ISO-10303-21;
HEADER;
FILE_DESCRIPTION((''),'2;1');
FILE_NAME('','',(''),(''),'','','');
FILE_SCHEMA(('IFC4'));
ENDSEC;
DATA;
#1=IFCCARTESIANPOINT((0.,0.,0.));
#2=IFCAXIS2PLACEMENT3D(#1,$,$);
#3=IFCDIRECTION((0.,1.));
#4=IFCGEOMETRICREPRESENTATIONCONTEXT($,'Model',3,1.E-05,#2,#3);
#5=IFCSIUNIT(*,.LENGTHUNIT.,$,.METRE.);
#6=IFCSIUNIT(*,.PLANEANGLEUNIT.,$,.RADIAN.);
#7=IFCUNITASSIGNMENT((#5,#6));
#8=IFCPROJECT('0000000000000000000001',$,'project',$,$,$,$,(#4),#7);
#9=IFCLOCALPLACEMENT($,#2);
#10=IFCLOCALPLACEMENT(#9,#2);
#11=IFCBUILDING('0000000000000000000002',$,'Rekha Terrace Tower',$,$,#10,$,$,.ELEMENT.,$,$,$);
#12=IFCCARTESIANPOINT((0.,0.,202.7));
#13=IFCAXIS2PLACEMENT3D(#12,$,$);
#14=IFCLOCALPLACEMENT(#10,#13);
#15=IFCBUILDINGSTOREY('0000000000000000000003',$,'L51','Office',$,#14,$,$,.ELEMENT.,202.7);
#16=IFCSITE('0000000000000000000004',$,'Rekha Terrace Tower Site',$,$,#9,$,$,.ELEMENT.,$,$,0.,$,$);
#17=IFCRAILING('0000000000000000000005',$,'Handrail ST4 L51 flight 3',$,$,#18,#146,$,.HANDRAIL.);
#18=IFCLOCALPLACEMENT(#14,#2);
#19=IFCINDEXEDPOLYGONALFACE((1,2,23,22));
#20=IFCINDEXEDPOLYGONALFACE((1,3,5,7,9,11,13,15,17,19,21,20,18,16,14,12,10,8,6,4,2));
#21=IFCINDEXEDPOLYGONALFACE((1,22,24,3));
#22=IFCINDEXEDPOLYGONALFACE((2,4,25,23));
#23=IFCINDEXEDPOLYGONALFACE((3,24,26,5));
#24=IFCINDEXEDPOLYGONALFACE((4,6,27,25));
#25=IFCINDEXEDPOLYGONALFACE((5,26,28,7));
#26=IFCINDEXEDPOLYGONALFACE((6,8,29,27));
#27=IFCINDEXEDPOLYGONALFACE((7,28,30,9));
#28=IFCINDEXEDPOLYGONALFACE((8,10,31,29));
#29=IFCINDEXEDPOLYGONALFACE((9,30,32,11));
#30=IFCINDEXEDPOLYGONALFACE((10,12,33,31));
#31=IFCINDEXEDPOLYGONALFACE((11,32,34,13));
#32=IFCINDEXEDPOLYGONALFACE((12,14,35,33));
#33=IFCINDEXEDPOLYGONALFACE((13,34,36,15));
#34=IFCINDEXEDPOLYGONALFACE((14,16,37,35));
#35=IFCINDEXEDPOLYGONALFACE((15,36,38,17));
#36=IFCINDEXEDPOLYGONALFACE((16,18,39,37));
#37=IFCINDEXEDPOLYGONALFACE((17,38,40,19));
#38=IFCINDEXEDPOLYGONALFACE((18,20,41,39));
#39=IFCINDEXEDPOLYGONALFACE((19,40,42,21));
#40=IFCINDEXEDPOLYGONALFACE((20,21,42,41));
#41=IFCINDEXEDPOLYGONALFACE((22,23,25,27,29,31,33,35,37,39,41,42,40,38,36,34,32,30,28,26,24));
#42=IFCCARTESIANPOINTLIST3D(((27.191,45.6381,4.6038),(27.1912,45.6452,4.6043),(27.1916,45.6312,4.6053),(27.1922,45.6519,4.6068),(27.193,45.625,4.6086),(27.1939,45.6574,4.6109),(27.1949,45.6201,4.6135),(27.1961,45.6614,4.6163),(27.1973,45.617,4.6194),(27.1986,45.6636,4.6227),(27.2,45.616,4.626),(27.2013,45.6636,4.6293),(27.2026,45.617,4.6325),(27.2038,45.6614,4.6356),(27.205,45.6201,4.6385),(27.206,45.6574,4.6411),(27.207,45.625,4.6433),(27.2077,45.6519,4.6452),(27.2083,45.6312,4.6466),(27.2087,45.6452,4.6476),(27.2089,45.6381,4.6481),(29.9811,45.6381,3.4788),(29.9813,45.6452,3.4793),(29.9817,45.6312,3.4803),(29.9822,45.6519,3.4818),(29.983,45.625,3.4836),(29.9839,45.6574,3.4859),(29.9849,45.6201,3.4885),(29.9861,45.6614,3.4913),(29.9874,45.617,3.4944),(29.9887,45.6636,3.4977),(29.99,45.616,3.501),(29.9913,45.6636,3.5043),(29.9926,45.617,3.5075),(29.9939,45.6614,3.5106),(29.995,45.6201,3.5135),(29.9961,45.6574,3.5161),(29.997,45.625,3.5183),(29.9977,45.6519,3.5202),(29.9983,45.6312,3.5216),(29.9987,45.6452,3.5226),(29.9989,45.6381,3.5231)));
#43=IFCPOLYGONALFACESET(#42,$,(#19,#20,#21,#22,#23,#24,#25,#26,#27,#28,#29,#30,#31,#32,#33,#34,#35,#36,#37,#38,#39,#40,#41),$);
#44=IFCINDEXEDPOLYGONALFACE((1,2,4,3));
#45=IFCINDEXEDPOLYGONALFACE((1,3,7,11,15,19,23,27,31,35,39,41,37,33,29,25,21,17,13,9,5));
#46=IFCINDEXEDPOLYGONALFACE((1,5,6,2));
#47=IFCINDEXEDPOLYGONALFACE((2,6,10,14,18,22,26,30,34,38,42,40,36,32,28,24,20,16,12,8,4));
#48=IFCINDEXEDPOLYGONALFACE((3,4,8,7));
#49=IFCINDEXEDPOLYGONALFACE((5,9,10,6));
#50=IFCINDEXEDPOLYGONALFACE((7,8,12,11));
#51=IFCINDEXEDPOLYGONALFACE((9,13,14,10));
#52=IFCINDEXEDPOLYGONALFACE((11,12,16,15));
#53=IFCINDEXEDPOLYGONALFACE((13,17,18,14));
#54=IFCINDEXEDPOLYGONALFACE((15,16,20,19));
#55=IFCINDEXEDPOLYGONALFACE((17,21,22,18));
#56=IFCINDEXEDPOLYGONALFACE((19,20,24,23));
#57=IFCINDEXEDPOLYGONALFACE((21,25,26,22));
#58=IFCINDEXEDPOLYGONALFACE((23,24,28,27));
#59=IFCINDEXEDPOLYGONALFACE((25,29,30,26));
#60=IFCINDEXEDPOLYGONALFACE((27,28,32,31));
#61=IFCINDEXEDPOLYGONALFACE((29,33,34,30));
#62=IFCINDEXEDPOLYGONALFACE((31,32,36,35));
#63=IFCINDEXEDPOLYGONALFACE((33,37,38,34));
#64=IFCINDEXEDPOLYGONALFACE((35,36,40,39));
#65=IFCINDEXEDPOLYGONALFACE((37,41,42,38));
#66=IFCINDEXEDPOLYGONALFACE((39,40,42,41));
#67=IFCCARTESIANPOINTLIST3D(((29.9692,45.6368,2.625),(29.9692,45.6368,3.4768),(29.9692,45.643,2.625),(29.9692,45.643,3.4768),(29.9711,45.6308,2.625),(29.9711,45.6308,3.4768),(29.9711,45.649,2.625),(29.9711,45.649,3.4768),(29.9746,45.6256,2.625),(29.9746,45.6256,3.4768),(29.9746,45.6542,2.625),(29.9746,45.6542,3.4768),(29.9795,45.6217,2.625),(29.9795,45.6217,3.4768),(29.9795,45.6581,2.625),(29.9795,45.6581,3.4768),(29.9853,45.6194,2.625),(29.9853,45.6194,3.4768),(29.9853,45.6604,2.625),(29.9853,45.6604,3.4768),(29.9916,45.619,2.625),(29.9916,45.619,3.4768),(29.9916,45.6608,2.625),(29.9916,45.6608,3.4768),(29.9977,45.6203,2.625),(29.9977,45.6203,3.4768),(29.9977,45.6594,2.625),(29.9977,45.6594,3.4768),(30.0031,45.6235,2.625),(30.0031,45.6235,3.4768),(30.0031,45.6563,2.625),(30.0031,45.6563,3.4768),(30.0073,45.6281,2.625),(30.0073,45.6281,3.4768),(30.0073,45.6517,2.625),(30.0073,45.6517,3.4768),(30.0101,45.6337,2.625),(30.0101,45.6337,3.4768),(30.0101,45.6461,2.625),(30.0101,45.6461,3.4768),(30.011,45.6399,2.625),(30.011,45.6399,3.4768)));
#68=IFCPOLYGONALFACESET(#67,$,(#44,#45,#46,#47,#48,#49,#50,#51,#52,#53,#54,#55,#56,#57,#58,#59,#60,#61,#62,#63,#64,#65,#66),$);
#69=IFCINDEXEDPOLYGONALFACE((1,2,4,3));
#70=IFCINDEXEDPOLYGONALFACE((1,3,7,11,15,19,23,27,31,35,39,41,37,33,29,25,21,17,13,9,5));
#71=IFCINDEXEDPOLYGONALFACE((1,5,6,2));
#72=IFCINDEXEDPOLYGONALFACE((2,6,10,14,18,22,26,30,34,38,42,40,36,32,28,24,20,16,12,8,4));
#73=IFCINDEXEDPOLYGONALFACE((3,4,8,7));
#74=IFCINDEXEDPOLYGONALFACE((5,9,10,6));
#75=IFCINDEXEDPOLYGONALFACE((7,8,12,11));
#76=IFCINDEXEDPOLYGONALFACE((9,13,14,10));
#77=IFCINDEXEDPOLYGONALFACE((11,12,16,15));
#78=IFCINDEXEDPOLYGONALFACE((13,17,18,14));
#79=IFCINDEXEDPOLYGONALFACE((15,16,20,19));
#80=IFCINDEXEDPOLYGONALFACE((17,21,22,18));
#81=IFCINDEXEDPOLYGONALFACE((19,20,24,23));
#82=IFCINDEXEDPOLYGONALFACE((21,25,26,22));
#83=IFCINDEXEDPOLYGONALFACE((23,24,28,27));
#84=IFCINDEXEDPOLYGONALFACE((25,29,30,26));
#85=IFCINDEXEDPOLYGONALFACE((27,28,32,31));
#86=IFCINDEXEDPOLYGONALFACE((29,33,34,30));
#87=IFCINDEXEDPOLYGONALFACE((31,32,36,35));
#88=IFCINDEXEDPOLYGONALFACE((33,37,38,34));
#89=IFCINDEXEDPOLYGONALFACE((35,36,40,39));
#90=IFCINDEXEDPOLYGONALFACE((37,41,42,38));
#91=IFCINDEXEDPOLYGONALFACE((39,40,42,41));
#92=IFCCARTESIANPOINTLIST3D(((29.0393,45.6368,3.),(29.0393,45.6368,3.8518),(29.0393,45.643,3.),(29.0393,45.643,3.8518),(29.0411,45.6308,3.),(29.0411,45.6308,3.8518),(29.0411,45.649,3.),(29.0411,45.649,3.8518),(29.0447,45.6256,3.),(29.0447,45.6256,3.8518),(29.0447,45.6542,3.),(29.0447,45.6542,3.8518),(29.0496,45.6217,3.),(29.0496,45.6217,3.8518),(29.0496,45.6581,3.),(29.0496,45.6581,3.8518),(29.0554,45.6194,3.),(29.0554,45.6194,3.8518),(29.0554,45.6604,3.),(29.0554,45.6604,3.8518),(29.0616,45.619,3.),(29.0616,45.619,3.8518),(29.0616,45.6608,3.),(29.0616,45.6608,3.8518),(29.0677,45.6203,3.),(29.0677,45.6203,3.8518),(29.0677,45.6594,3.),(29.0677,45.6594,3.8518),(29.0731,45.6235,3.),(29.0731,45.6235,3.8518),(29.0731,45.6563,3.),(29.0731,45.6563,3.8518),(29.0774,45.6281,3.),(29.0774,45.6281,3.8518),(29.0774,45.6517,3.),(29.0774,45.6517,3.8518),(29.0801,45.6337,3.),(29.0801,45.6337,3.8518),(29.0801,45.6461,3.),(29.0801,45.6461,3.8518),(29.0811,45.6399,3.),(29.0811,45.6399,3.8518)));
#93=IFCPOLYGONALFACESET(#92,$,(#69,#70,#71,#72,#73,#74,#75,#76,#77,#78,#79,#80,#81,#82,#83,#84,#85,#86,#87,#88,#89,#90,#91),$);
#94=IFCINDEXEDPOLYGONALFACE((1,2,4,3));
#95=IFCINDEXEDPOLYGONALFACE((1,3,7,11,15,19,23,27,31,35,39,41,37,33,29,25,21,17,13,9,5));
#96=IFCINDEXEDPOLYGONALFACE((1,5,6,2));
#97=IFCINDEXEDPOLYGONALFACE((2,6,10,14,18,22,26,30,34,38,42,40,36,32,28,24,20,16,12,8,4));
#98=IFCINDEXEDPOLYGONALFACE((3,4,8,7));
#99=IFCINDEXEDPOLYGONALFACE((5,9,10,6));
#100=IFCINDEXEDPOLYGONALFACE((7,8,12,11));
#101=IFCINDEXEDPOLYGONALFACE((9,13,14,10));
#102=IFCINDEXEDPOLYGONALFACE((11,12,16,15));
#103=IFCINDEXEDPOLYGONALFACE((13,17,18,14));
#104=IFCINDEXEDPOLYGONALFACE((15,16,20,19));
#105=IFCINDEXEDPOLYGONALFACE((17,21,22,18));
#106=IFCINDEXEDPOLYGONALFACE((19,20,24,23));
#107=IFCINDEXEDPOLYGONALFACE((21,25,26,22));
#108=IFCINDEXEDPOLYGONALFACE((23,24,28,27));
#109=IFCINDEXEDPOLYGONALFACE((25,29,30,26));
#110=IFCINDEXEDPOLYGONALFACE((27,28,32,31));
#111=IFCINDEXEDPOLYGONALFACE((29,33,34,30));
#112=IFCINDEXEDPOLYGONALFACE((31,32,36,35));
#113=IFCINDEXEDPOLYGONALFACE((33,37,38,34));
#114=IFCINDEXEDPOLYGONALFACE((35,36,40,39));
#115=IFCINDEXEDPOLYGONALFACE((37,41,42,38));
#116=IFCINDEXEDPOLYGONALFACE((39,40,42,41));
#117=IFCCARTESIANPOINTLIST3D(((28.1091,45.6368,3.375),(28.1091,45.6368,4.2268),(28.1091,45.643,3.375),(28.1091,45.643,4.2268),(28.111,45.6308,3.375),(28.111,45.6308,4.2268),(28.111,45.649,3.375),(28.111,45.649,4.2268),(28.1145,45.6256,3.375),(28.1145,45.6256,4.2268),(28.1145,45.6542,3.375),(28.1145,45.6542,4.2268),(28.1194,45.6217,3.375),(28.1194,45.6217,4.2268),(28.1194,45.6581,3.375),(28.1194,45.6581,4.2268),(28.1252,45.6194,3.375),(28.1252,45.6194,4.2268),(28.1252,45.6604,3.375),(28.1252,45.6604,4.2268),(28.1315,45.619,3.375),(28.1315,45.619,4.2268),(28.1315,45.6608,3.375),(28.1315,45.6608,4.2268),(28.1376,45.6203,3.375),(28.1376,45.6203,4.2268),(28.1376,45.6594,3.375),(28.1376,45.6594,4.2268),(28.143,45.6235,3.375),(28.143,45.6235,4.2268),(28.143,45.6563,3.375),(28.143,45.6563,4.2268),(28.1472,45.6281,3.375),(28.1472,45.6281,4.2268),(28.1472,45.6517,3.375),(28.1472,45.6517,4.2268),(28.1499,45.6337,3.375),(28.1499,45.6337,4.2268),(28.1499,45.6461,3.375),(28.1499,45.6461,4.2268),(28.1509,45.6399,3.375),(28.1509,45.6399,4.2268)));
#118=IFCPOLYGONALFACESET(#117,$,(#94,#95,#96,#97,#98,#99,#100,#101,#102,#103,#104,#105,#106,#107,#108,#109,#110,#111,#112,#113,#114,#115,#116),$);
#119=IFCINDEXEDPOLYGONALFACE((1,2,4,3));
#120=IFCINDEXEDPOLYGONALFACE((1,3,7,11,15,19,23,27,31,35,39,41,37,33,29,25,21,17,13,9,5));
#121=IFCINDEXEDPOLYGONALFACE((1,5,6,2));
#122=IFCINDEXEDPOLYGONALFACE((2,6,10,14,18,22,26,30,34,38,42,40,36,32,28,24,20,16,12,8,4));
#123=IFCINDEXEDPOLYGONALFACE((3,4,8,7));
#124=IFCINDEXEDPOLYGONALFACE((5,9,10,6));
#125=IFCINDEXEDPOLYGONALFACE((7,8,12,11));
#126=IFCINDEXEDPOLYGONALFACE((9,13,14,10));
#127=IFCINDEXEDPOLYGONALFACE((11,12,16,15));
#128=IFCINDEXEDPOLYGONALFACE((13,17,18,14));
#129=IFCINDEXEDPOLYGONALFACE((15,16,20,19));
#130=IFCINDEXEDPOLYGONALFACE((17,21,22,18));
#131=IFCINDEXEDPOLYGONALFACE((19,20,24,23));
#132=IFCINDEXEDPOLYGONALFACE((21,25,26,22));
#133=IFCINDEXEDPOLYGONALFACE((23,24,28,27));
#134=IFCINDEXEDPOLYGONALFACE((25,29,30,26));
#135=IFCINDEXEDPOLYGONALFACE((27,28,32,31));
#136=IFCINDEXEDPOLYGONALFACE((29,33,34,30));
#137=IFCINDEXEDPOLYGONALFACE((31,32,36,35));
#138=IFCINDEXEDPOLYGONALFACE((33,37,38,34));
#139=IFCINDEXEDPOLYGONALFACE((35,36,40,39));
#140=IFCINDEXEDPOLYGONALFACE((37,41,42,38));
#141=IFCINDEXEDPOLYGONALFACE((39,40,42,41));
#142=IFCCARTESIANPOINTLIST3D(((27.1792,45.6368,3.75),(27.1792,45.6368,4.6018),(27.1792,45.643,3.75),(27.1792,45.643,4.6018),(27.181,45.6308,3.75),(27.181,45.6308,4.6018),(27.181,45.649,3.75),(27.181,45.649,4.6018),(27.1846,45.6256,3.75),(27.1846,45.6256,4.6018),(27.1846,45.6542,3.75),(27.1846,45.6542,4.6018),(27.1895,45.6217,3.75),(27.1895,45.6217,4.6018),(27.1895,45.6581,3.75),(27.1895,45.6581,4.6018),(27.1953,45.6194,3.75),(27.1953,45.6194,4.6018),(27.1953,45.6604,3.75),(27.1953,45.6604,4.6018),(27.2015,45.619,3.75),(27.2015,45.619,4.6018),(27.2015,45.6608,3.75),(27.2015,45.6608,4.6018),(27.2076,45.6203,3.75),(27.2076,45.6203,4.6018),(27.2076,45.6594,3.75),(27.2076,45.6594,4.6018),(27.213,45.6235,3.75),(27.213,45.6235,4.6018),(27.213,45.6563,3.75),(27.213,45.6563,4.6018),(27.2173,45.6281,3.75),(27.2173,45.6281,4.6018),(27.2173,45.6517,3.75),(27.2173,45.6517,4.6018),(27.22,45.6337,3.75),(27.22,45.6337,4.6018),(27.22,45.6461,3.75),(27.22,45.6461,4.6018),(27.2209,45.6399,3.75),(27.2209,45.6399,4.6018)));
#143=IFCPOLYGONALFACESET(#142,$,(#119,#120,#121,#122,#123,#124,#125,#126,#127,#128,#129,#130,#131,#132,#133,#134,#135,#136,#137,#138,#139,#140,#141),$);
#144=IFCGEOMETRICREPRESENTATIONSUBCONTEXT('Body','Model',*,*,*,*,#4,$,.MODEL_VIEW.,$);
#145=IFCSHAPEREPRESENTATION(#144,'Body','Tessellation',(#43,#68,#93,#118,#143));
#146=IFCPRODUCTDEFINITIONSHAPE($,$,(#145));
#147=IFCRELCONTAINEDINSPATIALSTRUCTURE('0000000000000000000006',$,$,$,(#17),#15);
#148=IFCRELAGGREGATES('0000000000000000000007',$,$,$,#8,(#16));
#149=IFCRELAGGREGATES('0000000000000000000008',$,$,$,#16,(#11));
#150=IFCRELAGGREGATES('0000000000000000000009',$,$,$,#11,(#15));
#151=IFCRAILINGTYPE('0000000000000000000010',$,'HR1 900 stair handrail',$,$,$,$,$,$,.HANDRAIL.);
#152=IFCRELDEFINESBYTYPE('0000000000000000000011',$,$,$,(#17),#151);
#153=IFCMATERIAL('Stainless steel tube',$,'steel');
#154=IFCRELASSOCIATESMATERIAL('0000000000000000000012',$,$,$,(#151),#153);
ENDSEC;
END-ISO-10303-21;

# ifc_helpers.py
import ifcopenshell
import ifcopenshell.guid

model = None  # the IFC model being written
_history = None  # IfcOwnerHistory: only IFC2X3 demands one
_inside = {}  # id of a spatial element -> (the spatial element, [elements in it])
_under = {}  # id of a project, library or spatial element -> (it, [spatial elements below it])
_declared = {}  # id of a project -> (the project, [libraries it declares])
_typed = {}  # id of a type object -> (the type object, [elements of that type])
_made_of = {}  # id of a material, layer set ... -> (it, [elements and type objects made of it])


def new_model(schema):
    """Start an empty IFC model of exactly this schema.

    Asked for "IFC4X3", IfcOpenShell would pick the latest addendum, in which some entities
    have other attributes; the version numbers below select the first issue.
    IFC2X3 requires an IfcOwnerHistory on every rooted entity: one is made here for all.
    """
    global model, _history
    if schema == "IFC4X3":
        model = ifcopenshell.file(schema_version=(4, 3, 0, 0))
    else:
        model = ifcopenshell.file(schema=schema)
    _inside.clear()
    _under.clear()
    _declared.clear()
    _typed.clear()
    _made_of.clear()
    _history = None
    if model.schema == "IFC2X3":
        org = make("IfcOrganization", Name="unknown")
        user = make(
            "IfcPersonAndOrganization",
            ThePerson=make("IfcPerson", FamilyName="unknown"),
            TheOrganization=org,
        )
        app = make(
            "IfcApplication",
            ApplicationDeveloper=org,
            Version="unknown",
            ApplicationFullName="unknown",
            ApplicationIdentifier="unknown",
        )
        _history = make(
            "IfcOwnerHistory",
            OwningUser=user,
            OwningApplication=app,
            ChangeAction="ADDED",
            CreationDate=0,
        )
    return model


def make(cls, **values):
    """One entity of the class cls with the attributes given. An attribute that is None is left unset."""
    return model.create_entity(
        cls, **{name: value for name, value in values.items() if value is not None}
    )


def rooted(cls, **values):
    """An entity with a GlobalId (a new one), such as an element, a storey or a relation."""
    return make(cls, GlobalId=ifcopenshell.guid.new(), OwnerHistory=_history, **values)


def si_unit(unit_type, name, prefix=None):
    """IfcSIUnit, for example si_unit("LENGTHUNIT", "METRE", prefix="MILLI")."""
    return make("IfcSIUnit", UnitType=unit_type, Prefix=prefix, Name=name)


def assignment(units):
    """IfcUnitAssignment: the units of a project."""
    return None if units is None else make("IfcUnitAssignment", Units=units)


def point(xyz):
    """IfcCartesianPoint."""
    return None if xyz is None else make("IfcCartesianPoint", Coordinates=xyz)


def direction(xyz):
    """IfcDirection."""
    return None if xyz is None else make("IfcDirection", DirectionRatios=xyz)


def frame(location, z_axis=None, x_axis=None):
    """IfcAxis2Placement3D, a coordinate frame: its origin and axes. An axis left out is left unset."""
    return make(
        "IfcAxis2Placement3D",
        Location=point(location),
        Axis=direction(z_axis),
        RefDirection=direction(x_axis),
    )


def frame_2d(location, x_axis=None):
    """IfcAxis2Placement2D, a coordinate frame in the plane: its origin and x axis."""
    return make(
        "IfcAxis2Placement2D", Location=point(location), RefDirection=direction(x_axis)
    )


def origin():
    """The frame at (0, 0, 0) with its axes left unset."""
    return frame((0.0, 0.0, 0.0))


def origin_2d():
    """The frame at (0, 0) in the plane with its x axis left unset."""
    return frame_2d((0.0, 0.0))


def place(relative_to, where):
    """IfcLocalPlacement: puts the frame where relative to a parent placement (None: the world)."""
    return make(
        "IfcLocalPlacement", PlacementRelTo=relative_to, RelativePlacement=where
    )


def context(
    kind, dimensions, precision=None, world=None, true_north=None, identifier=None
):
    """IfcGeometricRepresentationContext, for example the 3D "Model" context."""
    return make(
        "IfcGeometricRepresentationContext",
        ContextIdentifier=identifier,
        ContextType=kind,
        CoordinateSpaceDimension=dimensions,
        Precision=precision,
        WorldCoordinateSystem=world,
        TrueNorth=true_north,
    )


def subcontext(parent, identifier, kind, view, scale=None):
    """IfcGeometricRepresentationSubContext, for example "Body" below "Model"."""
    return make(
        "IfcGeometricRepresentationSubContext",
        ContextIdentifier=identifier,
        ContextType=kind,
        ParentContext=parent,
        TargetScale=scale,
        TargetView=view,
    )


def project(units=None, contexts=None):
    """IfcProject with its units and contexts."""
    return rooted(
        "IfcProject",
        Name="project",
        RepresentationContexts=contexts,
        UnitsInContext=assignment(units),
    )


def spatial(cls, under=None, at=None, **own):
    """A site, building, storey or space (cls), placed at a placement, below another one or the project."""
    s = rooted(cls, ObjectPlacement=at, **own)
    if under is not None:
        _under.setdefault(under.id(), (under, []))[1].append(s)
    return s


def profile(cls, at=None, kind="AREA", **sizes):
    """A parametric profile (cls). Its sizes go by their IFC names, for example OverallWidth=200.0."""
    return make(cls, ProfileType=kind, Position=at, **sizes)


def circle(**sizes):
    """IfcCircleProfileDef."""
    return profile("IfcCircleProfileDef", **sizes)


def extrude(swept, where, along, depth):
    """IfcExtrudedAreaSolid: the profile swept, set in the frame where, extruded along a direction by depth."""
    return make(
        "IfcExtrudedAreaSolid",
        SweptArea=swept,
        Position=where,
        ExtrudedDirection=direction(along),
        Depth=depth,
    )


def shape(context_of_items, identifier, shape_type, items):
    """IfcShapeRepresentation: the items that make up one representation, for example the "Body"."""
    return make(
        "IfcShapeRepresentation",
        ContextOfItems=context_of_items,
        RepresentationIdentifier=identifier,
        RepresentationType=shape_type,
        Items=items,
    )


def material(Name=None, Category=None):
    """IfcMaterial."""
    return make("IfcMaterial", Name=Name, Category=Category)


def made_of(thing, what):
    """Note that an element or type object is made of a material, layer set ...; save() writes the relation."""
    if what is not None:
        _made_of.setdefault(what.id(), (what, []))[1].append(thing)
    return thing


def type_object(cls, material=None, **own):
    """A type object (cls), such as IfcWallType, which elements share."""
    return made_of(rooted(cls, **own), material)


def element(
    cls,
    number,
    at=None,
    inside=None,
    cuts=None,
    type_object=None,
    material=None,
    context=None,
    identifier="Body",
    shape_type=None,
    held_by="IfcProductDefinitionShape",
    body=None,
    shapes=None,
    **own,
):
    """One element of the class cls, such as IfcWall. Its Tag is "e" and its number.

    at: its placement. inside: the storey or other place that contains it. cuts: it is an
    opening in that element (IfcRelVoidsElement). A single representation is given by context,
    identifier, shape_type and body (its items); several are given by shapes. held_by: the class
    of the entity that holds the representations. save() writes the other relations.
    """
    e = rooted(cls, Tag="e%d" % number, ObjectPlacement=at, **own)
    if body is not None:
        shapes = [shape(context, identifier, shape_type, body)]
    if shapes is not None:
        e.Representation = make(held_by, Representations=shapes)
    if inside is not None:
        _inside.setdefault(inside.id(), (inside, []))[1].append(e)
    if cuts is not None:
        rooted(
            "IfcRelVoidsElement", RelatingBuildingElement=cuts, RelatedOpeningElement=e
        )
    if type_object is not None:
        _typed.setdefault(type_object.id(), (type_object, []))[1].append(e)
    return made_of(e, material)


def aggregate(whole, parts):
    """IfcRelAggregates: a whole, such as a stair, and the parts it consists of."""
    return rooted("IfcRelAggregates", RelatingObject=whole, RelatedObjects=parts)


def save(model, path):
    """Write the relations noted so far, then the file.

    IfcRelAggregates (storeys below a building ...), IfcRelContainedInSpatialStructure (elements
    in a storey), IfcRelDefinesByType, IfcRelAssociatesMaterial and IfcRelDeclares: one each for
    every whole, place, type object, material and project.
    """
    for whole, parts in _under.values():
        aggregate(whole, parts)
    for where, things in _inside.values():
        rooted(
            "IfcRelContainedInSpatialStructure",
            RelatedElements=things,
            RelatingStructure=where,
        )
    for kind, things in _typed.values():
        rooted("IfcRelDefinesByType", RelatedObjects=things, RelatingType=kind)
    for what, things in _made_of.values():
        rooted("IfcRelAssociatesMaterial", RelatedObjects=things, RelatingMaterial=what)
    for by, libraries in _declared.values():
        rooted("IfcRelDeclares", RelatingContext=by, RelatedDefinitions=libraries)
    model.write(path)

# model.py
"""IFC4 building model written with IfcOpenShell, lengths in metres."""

from ifc_helpers import new_model, si_unit, direction, frame, origin, origin_2d, place, context, subcontext, project, spatial, circle, extrude, material, type_object, element, save


model = new_model("IFC4")

# Units and contexts
model_context = context("Model", 3, precision=1e-05, world=origin(), true_north=direction((0.0, 1.0)))
body_context = subcontext(model_context, "Body", "Model", "MODEL_VIEW")
ifc_project = project(units=[si_unit("LENGTHUNIT", "METRE"), si_unit("PLANEANGLEUNIT", "RADIAN")], contexts=[model_context])

# Site, building, storey
site_placement = place(None, origin())
site = spatial("IfcSite", under=ifc_project, at=site_placement, Name="Rekha Terrace Tower Site", CompositionType="ELEMENT", RefElevation=0.0)
building_placement = place(site_placement, origin())
building = spatial("IfcBuilding", under=site, at=building_placement, Name="Rekha Terrace Tower", CompositionType="ELEMENT")
storey_placement = place(building_placement, frame((0.0, 0.0, 202.7)))
storey = spatial("IfcBuildingStorey", under=building, at=storey_placement, Name="L51", Description="Office", CompositionType="ELEMENT", Elevation=202.7)

# Railing
ifc_material_1 = material(Name="Stainless steel tube", Category="steel")
railing_type_1 = type_object("IfcRailingType", Name="HR1 900 stair handrail", PredefinedType="HANDRAIL", material=ifc_material_1)
railing_1_placement = place(storey_placement, frame((29.99, 45.6399, 2.625)))
element("IfcRailing", 1, at=railing_1_placement, inside=storey, type_object=railing_type_1, Name="Handrail ST4 L51 flight 3", PredefinedType="HANDRAIL", context=body_context, shape_type="SweptSolid", body=[
    extrude(circle(Radius=0.0239, at=origin_2d()), frame((0.0, 0.0, 0.876), z_axis=(-0.927443, 0.0, 0.373964), x_axis=(0.0, -1.0, 0.0)), (0.0, 0.0, 1.0), 3.0083),
    extrude(circle(Radius=0.021, at=origin_2d()), origin(), (0.0, 0.0, 1.0), 0.8518),
    extrude(circle(Radius=0.021, at=origin_2d()), frame((-0.9299, 0.0, 0.375)), (0.0, 0.0, 1.0), 0.8518),
    extrude(circle(Radius=0.021, at=origin_2d()), frame((-1.8601, 0.0, 0.75)), (0.0, 0.0, 1.0), 0.8518),
    extrude(circle(Radius=0.021, at=origin_2d()), frame((-2.79, 0.0, 1.125)), (0.0, 0.0, 1.0), 0.8518),
])

save(model, "model.ifc")
